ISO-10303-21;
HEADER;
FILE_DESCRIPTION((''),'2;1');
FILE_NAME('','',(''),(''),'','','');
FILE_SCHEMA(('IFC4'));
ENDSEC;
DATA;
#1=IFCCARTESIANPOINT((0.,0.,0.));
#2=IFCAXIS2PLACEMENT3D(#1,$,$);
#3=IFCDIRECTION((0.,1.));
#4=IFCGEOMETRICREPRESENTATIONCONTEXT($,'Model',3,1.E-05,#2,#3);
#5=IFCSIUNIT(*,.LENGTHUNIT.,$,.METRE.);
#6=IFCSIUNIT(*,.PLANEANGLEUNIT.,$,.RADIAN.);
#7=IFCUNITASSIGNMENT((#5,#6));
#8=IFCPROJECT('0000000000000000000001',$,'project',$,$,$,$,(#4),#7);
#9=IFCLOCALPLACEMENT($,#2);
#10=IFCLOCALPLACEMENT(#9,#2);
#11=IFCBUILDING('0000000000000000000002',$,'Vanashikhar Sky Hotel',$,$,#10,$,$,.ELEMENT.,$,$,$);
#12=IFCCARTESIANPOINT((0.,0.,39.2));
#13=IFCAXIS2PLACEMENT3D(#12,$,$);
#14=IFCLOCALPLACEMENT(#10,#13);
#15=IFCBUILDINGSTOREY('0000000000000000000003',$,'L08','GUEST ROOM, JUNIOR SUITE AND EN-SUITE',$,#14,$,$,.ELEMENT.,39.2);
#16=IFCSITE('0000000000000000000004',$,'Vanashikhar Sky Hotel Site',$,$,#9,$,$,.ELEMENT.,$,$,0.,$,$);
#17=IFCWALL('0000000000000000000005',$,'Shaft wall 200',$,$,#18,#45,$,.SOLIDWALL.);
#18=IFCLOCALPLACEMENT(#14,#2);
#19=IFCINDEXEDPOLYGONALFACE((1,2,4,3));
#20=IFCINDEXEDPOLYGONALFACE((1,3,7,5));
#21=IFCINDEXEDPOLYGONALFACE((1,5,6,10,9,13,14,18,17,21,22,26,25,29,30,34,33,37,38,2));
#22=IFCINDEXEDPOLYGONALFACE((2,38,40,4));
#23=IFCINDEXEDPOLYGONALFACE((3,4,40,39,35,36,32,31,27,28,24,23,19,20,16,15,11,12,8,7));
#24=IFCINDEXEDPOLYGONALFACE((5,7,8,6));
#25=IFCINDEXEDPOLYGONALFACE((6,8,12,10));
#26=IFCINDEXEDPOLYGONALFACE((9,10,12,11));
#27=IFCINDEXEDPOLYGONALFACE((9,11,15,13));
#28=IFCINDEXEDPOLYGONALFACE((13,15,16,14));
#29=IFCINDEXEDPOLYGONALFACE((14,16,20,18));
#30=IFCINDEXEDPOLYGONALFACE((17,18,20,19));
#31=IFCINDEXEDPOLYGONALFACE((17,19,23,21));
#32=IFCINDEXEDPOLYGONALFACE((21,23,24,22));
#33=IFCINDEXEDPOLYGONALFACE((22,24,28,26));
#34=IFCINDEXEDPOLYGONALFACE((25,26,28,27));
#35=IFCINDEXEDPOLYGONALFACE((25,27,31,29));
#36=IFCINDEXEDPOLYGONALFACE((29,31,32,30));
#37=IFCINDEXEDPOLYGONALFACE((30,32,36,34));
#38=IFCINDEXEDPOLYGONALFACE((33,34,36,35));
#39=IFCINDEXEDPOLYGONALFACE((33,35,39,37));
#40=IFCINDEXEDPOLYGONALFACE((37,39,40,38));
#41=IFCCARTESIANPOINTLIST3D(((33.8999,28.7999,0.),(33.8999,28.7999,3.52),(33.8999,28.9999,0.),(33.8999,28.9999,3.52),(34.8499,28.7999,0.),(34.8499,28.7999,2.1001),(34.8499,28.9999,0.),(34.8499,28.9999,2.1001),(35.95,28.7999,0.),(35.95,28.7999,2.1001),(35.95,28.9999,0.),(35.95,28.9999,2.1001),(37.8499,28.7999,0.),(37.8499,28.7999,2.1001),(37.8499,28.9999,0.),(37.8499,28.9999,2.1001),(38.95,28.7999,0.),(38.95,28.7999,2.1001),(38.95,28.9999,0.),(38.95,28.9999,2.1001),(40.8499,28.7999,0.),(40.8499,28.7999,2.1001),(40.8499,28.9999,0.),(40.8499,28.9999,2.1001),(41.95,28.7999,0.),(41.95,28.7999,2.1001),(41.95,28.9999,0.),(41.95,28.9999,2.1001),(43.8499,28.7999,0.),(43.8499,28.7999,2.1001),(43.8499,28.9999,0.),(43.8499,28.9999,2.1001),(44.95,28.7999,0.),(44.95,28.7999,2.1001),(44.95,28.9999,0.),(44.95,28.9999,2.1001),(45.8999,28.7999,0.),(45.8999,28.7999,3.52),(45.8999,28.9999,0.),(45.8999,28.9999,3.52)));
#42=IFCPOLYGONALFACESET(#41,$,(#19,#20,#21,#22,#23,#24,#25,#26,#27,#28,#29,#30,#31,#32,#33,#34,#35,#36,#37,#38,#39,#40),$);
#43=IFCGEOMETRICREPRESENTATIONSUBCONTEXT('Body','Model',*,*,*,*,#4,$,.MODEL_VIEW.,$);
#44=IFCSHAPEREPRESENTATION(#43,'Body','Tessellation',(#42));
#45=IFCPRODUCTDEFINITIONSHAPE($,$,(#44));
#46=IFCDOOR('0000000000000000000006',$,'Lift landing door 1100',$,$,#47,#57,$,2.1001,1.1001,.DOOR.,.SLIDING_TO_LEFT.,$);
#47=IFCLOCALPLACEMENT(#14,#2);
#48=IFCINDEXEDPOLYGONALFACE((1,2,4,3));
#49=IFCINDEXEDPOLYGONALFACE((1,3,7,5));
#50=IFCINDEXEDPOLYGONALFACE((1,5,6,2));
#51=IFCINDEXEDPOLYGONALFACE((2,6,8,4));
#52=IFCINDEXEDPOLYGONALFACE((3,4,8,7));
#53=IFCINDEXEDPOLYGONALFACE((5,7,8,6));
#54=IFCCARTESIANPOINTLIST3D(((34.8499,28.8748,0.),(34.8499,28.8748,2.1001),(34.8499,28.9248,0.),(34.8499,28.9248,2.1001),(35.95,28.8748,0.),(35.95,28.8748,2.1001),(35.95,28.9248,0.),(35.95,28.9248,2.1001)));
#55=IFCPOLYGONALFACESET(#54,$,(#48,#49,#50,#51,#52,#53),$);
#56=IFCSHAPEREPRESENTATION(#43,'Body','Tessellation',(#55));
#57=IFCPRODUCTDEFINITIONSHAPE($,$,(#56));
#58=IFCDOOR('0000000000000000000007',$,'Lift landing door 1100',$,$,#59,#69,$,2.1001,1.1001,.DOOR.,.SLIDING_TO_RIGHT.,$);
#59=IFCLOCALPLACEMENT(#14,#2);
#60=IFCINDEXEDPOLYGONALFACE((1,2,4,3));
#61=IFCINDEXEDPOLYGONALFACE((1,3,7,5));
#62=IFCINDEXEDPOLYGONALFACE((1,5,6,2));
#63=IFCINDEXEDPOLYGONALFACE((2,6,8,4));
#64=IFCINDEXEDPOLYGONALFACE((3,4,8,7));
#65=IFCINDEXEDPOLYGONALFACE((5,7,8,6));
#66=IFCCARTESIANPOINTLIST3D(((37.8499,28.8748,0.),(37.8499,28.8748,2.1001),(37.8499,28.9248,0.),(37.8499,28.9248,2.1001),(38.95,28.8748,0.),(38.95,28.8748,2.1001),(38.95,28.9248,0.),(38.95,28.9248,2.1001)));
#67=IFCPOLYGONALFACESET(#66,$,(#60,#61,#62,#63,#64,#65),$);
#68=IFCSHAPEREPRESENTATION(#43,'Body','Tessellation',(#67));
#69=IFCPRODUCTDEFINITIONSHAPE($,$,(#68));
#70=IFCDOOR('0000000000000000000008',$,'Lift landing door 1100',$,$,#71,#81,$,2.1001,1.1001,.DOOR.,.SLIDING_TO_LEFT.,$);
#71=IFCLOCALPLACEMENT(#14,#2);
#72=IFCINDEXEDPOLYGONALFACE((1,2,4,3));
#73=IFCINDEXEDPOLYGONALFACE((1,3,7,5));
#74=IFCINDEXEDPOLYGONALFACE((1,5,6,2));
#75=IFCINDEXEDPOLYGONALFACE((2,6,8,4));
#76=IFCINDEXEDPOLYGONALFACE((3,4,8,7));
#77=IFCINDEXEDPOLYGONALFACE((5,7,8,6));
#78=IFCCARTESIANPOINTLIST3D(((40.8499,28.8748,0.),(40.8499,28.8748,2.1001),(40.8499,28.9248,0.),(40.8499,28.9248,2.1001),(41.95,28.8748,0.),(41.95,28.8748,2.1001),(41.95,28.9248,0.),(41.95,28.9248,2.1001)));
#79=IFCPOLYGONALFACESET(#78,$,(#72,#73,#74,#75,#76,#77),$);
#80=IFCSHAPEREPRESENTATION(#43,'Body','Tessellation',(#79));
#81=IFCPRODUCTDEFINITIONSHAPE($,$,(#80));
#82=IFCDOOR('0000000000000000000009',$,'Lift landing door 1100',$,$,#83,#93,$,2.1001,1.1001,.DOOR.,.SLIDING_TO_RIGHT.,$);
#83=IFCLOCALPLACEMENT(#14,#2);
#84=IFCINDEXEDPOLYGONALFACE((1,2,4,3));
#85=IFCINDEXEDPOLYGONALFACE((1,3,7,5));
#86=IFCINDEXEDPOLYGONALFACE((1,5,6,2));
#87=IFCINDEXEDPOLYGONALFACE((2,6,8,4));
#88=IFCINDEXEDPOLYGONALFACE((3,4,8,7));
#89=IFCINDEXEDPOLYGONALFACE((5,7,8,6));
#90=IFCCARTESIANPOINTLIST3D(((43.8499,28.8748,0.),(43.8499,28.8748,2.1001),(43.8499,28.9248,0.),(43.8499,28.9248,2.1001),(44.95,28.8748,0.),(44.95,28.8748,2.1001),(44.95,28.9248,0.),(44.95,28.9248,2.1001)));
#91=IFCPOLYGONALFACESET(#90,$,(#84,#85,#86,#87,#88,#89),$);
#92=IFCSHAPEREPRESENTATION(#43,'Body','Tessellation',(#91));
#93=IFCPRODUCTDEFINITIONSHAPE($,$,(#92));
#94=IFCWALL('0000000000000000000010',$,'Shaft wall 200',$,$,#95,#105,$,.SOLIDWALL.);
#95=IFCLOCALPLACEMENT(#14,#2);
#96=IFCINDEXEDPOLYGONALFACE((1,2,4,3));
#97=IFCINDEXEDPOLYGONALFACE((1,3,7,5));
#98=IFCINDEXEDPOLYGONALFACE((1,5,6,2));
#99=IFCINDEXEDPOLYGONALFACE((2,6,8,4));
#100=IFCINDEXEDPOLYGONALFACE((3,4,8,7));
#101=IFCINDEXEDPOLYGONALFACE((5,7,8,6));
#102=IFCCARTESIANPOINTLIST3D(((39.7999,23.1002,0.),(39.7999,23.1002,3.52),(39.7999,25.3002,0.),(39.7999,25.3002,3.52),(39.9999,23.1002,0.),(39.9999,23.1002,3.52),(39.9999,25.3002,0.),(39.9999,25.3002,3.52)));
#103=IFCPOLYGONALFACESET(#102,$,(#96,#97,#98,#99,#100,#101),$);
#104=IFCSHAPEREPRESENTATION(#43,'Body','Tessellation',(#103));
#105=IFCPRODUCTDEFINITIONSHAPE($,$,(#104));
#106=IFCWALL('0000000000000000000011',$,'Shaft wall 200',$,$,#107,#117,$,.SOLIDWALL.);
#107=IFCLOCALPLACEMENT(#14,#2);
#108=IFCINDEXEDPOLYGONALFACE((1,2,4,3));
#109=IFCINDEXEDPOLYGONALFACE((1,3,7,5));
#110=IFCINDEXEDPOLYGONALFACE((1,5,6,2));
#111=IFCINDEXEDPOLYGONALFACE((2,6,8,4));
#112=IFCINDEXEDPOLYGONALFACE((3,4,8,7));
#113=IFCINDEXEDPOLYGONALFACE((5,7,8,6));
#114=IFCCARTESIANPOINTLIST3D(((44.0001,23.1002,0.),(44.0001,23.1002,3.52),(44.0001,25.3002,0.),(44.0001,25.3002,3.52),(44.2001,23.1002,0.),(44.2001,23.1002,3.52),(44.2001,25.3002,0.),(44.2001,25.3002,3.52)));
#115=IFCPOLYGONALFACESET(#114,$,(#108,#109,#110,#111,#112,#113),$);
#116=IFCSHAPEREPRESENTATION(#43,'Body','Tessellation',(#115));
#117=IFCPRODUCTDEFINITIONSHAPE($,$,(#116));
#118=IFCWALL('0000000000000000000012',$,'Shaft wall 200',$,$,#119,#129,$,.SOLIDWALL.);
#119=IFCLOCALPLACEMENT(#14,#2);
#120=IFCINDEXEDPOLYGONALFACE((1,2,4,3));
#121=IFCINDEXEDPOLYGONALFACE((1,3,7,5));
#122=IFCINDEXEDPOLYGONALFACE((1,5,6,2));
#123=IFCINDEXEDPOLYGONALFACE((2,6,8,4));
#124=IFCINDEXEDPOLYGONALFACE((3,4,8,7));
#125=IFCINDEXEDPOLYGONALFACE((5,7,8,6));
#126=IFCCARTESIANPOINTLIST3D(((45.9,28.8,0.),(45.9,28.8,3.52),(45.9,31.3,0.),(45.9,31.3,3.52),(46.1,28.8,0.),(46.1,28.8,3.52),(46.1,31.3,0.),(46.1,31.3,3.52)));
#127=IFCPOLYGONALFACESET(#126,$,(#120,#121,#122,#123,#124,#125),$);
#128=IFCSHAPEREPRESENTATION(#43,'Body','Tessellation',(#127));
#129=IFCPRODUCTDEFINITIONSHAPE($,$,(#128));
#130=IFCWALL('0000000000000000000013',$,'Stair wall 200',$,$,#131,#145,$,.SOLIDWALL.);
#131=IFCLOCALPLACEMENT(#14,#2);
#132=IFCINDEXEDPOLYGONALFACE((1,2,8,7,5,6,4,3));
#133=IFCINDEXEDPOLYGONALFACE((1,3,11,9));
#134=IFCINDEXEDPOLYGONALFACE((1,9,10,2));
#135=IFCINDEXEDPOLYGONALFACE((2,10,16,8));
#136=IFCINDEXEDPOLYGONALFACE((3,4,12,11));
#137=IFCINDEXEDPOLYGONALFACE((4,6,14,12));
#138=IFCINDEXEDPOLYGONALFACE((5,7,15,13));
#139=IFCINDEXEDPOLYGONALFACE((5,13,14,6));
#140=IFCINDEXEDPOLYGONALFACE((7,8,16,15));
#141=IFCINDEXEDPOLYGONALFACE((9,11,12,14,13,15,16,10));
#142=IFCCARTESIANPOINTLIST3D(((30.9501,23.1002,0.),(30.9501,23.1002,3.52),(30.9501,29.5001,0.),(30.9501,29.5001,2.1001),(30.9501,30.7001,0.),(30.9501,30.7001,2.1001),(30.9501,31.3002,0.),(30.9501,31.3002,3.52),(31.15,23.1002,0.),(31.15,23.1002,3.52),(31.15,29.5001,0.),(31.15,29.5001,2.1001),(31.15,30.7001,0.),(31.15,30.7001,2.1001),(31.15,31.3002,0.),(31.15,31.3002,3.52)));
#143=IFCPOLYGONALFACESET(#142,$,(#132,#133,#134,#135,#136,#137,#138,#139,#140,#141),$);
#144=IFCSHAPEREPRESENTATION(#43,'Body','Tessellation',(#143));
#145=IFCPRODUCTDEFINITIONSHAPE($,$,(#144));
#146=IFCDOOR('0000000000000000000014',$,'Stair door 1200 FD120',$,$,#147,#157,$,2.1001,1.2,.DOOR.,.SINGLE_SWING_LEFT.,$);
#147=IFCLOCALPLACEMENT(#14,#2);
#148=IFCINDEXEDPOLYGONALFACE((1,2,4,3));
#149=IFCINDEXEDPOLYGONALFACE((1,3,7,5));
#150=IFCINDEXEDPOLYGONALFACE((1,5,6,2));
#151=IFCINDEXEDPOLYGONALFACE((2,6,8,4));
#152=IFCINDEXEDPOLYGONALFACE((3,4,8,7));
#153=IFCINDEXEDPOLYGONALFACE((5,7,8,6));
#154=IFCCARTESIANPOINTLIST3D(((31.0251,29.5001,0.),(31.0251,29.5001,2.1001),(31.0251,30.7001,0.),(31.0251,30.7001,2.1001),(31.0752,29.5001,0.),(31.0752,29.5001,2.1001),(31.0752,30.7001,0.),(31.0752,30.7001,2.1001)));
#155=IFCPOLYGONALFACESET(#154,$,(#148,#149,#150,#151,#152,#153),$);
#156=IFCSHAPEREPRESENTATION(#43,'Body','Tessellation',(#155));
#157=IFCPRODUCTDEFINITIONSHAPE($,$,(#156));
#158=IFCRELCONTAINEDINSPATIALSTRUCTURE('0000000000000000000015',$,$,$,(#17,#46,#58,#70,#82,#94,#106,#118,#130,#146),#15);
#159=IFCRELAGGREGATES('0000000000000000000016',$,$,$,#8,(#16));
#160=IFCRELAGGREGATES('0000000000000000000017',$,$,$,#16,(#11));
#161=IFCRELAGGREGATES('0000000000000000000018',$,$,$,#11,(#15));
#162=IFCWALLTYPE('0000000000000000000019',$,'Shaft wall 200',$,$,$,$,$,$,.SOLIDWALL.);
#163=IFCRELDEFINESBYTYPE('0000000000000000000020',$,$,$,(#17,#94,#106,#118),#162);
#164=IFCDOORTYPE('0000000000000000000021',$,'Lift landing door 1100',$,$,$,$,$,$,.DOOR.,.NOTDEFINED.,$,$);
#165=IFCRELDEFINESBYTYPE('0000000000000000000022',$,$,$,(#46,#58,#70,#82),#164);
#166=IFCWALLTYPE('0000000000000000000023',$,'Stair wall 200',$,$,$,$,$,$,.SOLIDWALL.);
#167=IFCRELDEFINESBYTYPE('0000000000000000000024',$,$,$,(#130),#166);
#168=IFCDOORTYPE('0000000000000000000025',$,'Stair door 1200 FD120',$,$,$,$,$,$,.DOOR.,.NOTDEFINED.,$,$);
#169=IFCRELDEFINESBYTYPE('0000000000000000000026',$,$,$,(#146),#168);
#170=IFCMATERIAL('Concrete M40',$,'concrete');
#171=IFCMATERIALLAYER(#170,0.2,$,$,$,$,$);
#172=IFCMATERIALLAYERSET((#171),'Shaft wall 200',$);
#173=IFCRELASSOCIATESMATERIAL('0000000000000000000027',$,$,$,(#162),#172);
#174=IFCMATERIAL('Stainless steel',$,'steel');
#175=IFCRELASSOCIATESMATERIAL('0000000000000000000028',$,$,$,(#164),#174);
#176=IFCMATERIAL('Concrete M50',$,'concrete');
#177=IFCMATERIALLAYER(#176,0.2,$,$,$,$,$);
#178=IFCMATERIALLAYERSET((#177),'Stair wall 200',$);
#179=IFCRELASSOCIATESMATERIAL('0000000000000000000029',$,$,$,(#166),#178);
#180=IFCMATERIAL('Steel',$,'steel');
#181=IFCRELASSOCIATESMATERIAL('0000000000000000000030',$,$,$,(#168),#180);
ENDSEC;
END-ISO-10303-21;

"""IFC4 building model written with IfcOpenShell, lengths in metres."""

from ifc_helpers import new_model, si_unit, direction, frame, frame_2d, origin, place, context, subcontext, project, spatial, rectangle, extrude, source, transform, mapped, material, layer, layer_set, type_object, element, fill, save


model = new_model("IFC4")

# Units and contexts
model_context = context("Model", 3, precision=1e-05, world=origin(), true_north=direction((0.0, 1.0)))
body_context = subcontext(model_context, "Body", "Model", "MODEL_VIEW")
ifc_project = project(units=[si_unit("LENGTHUNIT", "METRE"), si_unit("PLANEANGLEUNIT", "RADIAN")], contexts=[model_context])

# Site, building, storey
site_placement = place(None, origin())
site = spatial("IfcSite", under=ifc_project, at=site_placement, Name="Vanashikhar Sky Hotel Site", CompositionType="ELEMENT", RefElevation=0.0)
building_placement = place(site_placement, origin())
building = spatial("IfcBuilding", under=site, at=building_placement, Name="Vanashikhar Sky Hotel", CompositionType="ELEMENT")
storey_placement = place(building_placement, frame((0.0, 0.0, 39.2)))
storey = spatial("IfcBuildingStorey", under=building, at=storey_placement, Name="L08", Description="GUEST ROOM, JUNIOR SUITE AND EN-SUITE", CompositionType="ELEMENT", Elevation=39.2)

# Shared definitions
ifc_material_1 = material(Name="Concrete M50", Category="concrete")

# Shared definitions
ifc_material_2 = material(Name="Steel", Category="steel")
shared_shape_1 = source(origin(), body_context, "Body", "SweptSolid", [
    extrude(rectangle(XDim=1.1001, YDim=2.1001, at=frame_2d((0.55, 1.05))), frame((0.0, 0.0249, 0.0), z_axis=(0.0, -1.0, 0.0), x_axis=(1.0, 0.0, 0.0)), (0.0, 0.0, 1.0), 0.05),
])

# Wall, openings, doors
ifc_material_3 = material(Name="Concrete M40", Category="concrete")
ifc_layer_1 = layer(ifc_material_3, 0.2)
ifc_layer_set_1 = layer_set([ifc_layer_1], Name="Shaft wall 200")
wall_type_1 = type_object("IfcWallType", Name="Shaft wall 200", PredefinedType="SOLIDWALL", material=ifc_layer_set_1)
shared_shape_2 = source(origin(), body_context, "Body", "SweptSolid", [
    extrude(rectangle(XDim=1.1001, YDim=2.1001, at=frame_2d((0.55, 1.05))), frame((0.0, 0.1099, 0.0), z_axis=(0.0, -1.0, 0.0), x_axis=(1.0, 0.0, 0.0)), (0.0, 0.0, 1.0), 0.22),
])
ifc_material_4 = material(Name="Stainless steel", Category="steel")
door_type_1 = type_object("IfcDoorType", Name="Lift landing door 1100", OperationType="NOTDEFINED", PredefinedType="DOOR", material=ifc_material_4)
shared_shape_3 = source(origin(), body_context, "Body", "SweptSolid", [
    extrude(rectangle(XDim=12.0, YDim=0.2, at=frame_2d((6.0, 0.0))), origin(), (0.0, 0.0, 1.0), 3.52),
])
wall_1_placement = place(storey_placement, frame((33.8999, 28.8999, 0.0), z_axis=(0.0, 0.0, 1.0), x_axis=(1.0, 0.0, 0.0)))
wall_1 = element("IfcWall", 1, at=wall_1_placement, inside=storey, type_object=wall_type_1, Name="Shaft wall 200", PredefinedType="SOLIDWALL", context=body_context, shape_type="MappedRepresentation", body=[
    mapped(shared_shape_3, transform((0.0, 0.0, 0.0), scale=1.0)),
])
opening_1_placement = place(wall_1_placement, frame((0.95, 0.0, 0.0)))
opening_1 = element("IfcOpeningElement", 2, at=opening_1_placement, cuts=wall_1, PredefinedType="OPENING", context=body_context, shape_type="MappedRepresentation", body=[
    mapped(shared_shape_2, transform((0.0, 0.0, 0.0), scale=1.0)),
])
opening_2_placement = place(wall_1_placement, frame((3.95, 0.0, 0.0)))
opening_2 = element("IfcOpeningElement", 3, at=opening_2_placement, cuts=wall_1, PredefinedType="OPENING", context=body_context, shape_type="MappedRepresentation", body=[
    mapped(shared_shape_2, transform((0.0, 0.0, 0.0), scale=1.0)),
])
opening_3_placement = place(wall_1_placement, frame((6.95, 0.0, 0.0)))
opening_3 = element("IfcOpeningElement", 4, at=opening_3_placement, cuts=wall_1, PredefinedType="OPENING", context=body_context, shape_type="MappedRepresentation", body=[
    mapped(shared_shape_2, transform((0.0, 0.0, 0.0), scale=1.0)),
])
opening_4_placement = place(wall_1_placement, frame((9.95, 0.0, 0.0)))
opening_4 = element("IfcOpeningElement", 5, at=opening_4_placement, cuts=wall_1, PredefinedType="OPENING", context=body_context, shape_type="MappedRepresentation", body=[
    mapped(shared_shape_2, transform((0.0, 0.0, 0.0), scale=1.0)),
])
door_1_placement = place(opening_1_placement, origin())
door_1 = element("IfcDoor", 6, at=door_1_placement, inside=storey, type_object=door_type_1, Name="Lift landing door 1100", OperationType="SLIDING_TO_LEFT", OverallHeight=2.1001, OverallWidth=1.1001, PredefinedType="DOOR", context=body_context, shape_type="MappedRepresentation", body=[
    mapped(shared_shape_1, transform((0.0, 0.0, 0.0), scale=1.0)),
])
fill(opening_1, door_1)
door_2_placement = place(opening_2_placement, origin())
door_2 = element("IfcDoor", 7, at=door_2_placement, inside=storey, type_object=door_type_1, Name="Lift landing door 1100", OperationType="SLIDING_TO_RIGHT", OverallHeight=2.1001, OverallWidth=1.1001, PredefinedType="DOOR", context=body_context, shape_type="MappedRepresentation", body=[
    mapped(shared_shape_1, transform((0.0, 0.0, 0.0), scale=1.0)),
])
fill(opening_2, door_2)
door_3_placement = place(opening_3_placement, origin())
door_3 = element("IfcDoor", 8, at=door_3_placement, inside=storey, type_object=door_type_1, Name="Lift landing door 1100", OperationType="SLIDING_TO_LEFT", OverallHeight=2.1001, OverallWidth=1.1001, PredefinedType="DOOR", context=body_context, shape_type="MappedRepresentation", body=[
    mapped(shared_shape_1, transform((0.0, 0.0, 0.0), scale=1.0)),
])
fill(opening_3, door_3)
door_4_placement = place(opening_4_placement, origin())
door_4 = element("IfcDoor", 9, at=door_4_placement, inside=storey, type_object=door_type_1, Name="Lift landing door 1100", OperationType="SLIDING_TO_RIGHT", OverallHeight=2.1001, OverallWidth=1.1001, PredefinedType="DOOR", context=body_context, shape_type="MappedRepresentation", body=[
    mapped(shared_shape_1, transform((0.0, 0.0, 0.0), scale=1.0)),
])
fill(opening_4, door_4)

# Walls
shared_shape_4 = source(origin(), body_context, "Body", "SweptSolid", [
    extrude(rectangle(XDim=2.2, YDim=0.2, at=frame_2d((1.1001, 0.0))), origin(), (0.0, 0.0, 1.0), 3.52),
])
for number, where, z_axis, x_axis, name in (
    (10, (39.8999, 23.1001, 0.0), (0.0, 0.0, 1.0), (0.0, 1.0, 0.0), "Shaft wall 200"),
    (11, (44.1001, 23.1001, 0.0), (0.0, 0.0, 1.0), (0.0, 1.0, 0.0), "Shaft wall 200"),
):
    element("IfcWall", number, at=place(storey_placement, frame(where, z_axis=z_axis, x_axis=x_axis)), inside=storey, type_object=wall_type_1, Name=name, PredefinedType="SOLIDWALL", context=body_context, shape_type="MappedRepresentation", body=[
        mapped(shared_shape_4, transform((0.0, 0.0, 0.0), scale=1.0)),
    ])
shared_shape_5 = source(origin(), body_context, "Body", "SweptSolid", [
    extrude(rectangle(XDim=2.5, YDim=0.2, at=frame_2d((1.25, 0.0))), origin(), (0.0, 0.0, 1.0), 3.52),
])
wall_2_placement = place(storey_placement, frame((46.0, 28.8, 0.0), z_axis=(0.0, 0.0, 1.0), x_axis=(0.0, 1.0, 0.0)))
element("IfcWall", 12, at=wall_2_placement, inside=storey, type_object=wall_type_1, Name="Shaft wall 200", PredefinedType="SOLIDWALL", context=body_context, shape_type="MappedRepresentation", body=[
    mapped(shared_shape_5, transform((0.0, 0.0, 0.0), scale=1.0)),
])

# Wall, opening, door
ifc_layer_2 = layer(ifc_material_1, 0.2)
ifc_layer_set_2 = layer_set([ifc_layer_2], Name="Stair wall 200")
wall_type_2 = type_object("IfcWallType", Name="Stair wall 200", PredefinedType="SOLIDWALL", material=ifc_layer_set_2)
shared_shape_6 = source(origin(), body_context, "Body", "SweptSolid", [
    extrude(rectangle(XDim=8.2, YDim=0.2, at=frame_2d((4.1001, 0.0))), origin(), (0.0, 0.0, 1.0), 3.52),
])
wall_3_placement = place(storey_placement, frame((31.05, 23.1001, 0.0), z_axis=(0.0, 0.0, 1.0), x_axis=(0.0, 1.0, 0.0)))
wall_3 = element("IfcWall", 13, at=wall_3_placement, inside=storey, type_object=wall_type_2, Name="Stair wall 200", PredefinedType="SOLIDWALL", context=body_context, shape_type="MappedRepresentation", body=[
    mapped(shared_shape_6, transform((0.0, 0.0, 0.0), scale=1.0)),
])
shared_shape_7 = source(origin(), body_context, "Body", "SweptSolid", [
    extrude(rectangle(XDim=1.2, YDim=2.1001, at=frame_2d((0.6001, 1.05))), frame((0.0, 0.1099, 0.0), z_axis=(0.0, -1.0, 0.0), x_axis=(1.0, 0.0, 0.0)), (0.0, 0.0, 1.0), 0.22),
])
opening_5_placement = place(wall_3_placement, frame((6.3999, 0.0, 0.0)))
opening_5 = element("IfcOpeningElement", 14, at=opening_5_placement, cuts=wall_3, PredefinedType="OPENING", context=body_context, shape_type="MappedRepresentation", body=[
    mapped(shared_shape_7, transform((0.0, 0.0, 0.0), scale=1.0)),
])
door_type_2 = type_object("IfcDoorType", Name="Stair door 1200 FD120", OperationType="NOTDEFINED", PredefinedType="DOOR", material=ifc_material_2)
shared_shape_8 = source(origin(), body_context, "Body", "SweptSolid", [
    extrude(rectangle(XDim=1.2, YDim=2.1001, at=frame_2d((0.6001, 1.05))), frame((0.0, 0.0249, 0.0), z_axis=(0.0, -1.0, 0.0), x_axis=(1.0, 0.0, 0.0)), (0.0, 0.0, 1.0), 0.05),
])
door_5_placement = place(opening_5_placement, origin())
door_5 = element("IfcDoor", 15, at=door_5_placement, inside=storey, type_object=door_type_2, Name="Stair door 1200 FD120", OperationType="SINGLE_SWING_LEFT", OverallHeight=2.1001, OverallWidth=1.2, PredefinedType="DOOR", context=body_context, shape_type="MappedRepresentation", body=[
    mapped(shared_shape_8, transform((0.0, 0.0, 0.0), scale=1.0)),
])
fill(opening_5, door_5)

save(model, "model.ifc")
